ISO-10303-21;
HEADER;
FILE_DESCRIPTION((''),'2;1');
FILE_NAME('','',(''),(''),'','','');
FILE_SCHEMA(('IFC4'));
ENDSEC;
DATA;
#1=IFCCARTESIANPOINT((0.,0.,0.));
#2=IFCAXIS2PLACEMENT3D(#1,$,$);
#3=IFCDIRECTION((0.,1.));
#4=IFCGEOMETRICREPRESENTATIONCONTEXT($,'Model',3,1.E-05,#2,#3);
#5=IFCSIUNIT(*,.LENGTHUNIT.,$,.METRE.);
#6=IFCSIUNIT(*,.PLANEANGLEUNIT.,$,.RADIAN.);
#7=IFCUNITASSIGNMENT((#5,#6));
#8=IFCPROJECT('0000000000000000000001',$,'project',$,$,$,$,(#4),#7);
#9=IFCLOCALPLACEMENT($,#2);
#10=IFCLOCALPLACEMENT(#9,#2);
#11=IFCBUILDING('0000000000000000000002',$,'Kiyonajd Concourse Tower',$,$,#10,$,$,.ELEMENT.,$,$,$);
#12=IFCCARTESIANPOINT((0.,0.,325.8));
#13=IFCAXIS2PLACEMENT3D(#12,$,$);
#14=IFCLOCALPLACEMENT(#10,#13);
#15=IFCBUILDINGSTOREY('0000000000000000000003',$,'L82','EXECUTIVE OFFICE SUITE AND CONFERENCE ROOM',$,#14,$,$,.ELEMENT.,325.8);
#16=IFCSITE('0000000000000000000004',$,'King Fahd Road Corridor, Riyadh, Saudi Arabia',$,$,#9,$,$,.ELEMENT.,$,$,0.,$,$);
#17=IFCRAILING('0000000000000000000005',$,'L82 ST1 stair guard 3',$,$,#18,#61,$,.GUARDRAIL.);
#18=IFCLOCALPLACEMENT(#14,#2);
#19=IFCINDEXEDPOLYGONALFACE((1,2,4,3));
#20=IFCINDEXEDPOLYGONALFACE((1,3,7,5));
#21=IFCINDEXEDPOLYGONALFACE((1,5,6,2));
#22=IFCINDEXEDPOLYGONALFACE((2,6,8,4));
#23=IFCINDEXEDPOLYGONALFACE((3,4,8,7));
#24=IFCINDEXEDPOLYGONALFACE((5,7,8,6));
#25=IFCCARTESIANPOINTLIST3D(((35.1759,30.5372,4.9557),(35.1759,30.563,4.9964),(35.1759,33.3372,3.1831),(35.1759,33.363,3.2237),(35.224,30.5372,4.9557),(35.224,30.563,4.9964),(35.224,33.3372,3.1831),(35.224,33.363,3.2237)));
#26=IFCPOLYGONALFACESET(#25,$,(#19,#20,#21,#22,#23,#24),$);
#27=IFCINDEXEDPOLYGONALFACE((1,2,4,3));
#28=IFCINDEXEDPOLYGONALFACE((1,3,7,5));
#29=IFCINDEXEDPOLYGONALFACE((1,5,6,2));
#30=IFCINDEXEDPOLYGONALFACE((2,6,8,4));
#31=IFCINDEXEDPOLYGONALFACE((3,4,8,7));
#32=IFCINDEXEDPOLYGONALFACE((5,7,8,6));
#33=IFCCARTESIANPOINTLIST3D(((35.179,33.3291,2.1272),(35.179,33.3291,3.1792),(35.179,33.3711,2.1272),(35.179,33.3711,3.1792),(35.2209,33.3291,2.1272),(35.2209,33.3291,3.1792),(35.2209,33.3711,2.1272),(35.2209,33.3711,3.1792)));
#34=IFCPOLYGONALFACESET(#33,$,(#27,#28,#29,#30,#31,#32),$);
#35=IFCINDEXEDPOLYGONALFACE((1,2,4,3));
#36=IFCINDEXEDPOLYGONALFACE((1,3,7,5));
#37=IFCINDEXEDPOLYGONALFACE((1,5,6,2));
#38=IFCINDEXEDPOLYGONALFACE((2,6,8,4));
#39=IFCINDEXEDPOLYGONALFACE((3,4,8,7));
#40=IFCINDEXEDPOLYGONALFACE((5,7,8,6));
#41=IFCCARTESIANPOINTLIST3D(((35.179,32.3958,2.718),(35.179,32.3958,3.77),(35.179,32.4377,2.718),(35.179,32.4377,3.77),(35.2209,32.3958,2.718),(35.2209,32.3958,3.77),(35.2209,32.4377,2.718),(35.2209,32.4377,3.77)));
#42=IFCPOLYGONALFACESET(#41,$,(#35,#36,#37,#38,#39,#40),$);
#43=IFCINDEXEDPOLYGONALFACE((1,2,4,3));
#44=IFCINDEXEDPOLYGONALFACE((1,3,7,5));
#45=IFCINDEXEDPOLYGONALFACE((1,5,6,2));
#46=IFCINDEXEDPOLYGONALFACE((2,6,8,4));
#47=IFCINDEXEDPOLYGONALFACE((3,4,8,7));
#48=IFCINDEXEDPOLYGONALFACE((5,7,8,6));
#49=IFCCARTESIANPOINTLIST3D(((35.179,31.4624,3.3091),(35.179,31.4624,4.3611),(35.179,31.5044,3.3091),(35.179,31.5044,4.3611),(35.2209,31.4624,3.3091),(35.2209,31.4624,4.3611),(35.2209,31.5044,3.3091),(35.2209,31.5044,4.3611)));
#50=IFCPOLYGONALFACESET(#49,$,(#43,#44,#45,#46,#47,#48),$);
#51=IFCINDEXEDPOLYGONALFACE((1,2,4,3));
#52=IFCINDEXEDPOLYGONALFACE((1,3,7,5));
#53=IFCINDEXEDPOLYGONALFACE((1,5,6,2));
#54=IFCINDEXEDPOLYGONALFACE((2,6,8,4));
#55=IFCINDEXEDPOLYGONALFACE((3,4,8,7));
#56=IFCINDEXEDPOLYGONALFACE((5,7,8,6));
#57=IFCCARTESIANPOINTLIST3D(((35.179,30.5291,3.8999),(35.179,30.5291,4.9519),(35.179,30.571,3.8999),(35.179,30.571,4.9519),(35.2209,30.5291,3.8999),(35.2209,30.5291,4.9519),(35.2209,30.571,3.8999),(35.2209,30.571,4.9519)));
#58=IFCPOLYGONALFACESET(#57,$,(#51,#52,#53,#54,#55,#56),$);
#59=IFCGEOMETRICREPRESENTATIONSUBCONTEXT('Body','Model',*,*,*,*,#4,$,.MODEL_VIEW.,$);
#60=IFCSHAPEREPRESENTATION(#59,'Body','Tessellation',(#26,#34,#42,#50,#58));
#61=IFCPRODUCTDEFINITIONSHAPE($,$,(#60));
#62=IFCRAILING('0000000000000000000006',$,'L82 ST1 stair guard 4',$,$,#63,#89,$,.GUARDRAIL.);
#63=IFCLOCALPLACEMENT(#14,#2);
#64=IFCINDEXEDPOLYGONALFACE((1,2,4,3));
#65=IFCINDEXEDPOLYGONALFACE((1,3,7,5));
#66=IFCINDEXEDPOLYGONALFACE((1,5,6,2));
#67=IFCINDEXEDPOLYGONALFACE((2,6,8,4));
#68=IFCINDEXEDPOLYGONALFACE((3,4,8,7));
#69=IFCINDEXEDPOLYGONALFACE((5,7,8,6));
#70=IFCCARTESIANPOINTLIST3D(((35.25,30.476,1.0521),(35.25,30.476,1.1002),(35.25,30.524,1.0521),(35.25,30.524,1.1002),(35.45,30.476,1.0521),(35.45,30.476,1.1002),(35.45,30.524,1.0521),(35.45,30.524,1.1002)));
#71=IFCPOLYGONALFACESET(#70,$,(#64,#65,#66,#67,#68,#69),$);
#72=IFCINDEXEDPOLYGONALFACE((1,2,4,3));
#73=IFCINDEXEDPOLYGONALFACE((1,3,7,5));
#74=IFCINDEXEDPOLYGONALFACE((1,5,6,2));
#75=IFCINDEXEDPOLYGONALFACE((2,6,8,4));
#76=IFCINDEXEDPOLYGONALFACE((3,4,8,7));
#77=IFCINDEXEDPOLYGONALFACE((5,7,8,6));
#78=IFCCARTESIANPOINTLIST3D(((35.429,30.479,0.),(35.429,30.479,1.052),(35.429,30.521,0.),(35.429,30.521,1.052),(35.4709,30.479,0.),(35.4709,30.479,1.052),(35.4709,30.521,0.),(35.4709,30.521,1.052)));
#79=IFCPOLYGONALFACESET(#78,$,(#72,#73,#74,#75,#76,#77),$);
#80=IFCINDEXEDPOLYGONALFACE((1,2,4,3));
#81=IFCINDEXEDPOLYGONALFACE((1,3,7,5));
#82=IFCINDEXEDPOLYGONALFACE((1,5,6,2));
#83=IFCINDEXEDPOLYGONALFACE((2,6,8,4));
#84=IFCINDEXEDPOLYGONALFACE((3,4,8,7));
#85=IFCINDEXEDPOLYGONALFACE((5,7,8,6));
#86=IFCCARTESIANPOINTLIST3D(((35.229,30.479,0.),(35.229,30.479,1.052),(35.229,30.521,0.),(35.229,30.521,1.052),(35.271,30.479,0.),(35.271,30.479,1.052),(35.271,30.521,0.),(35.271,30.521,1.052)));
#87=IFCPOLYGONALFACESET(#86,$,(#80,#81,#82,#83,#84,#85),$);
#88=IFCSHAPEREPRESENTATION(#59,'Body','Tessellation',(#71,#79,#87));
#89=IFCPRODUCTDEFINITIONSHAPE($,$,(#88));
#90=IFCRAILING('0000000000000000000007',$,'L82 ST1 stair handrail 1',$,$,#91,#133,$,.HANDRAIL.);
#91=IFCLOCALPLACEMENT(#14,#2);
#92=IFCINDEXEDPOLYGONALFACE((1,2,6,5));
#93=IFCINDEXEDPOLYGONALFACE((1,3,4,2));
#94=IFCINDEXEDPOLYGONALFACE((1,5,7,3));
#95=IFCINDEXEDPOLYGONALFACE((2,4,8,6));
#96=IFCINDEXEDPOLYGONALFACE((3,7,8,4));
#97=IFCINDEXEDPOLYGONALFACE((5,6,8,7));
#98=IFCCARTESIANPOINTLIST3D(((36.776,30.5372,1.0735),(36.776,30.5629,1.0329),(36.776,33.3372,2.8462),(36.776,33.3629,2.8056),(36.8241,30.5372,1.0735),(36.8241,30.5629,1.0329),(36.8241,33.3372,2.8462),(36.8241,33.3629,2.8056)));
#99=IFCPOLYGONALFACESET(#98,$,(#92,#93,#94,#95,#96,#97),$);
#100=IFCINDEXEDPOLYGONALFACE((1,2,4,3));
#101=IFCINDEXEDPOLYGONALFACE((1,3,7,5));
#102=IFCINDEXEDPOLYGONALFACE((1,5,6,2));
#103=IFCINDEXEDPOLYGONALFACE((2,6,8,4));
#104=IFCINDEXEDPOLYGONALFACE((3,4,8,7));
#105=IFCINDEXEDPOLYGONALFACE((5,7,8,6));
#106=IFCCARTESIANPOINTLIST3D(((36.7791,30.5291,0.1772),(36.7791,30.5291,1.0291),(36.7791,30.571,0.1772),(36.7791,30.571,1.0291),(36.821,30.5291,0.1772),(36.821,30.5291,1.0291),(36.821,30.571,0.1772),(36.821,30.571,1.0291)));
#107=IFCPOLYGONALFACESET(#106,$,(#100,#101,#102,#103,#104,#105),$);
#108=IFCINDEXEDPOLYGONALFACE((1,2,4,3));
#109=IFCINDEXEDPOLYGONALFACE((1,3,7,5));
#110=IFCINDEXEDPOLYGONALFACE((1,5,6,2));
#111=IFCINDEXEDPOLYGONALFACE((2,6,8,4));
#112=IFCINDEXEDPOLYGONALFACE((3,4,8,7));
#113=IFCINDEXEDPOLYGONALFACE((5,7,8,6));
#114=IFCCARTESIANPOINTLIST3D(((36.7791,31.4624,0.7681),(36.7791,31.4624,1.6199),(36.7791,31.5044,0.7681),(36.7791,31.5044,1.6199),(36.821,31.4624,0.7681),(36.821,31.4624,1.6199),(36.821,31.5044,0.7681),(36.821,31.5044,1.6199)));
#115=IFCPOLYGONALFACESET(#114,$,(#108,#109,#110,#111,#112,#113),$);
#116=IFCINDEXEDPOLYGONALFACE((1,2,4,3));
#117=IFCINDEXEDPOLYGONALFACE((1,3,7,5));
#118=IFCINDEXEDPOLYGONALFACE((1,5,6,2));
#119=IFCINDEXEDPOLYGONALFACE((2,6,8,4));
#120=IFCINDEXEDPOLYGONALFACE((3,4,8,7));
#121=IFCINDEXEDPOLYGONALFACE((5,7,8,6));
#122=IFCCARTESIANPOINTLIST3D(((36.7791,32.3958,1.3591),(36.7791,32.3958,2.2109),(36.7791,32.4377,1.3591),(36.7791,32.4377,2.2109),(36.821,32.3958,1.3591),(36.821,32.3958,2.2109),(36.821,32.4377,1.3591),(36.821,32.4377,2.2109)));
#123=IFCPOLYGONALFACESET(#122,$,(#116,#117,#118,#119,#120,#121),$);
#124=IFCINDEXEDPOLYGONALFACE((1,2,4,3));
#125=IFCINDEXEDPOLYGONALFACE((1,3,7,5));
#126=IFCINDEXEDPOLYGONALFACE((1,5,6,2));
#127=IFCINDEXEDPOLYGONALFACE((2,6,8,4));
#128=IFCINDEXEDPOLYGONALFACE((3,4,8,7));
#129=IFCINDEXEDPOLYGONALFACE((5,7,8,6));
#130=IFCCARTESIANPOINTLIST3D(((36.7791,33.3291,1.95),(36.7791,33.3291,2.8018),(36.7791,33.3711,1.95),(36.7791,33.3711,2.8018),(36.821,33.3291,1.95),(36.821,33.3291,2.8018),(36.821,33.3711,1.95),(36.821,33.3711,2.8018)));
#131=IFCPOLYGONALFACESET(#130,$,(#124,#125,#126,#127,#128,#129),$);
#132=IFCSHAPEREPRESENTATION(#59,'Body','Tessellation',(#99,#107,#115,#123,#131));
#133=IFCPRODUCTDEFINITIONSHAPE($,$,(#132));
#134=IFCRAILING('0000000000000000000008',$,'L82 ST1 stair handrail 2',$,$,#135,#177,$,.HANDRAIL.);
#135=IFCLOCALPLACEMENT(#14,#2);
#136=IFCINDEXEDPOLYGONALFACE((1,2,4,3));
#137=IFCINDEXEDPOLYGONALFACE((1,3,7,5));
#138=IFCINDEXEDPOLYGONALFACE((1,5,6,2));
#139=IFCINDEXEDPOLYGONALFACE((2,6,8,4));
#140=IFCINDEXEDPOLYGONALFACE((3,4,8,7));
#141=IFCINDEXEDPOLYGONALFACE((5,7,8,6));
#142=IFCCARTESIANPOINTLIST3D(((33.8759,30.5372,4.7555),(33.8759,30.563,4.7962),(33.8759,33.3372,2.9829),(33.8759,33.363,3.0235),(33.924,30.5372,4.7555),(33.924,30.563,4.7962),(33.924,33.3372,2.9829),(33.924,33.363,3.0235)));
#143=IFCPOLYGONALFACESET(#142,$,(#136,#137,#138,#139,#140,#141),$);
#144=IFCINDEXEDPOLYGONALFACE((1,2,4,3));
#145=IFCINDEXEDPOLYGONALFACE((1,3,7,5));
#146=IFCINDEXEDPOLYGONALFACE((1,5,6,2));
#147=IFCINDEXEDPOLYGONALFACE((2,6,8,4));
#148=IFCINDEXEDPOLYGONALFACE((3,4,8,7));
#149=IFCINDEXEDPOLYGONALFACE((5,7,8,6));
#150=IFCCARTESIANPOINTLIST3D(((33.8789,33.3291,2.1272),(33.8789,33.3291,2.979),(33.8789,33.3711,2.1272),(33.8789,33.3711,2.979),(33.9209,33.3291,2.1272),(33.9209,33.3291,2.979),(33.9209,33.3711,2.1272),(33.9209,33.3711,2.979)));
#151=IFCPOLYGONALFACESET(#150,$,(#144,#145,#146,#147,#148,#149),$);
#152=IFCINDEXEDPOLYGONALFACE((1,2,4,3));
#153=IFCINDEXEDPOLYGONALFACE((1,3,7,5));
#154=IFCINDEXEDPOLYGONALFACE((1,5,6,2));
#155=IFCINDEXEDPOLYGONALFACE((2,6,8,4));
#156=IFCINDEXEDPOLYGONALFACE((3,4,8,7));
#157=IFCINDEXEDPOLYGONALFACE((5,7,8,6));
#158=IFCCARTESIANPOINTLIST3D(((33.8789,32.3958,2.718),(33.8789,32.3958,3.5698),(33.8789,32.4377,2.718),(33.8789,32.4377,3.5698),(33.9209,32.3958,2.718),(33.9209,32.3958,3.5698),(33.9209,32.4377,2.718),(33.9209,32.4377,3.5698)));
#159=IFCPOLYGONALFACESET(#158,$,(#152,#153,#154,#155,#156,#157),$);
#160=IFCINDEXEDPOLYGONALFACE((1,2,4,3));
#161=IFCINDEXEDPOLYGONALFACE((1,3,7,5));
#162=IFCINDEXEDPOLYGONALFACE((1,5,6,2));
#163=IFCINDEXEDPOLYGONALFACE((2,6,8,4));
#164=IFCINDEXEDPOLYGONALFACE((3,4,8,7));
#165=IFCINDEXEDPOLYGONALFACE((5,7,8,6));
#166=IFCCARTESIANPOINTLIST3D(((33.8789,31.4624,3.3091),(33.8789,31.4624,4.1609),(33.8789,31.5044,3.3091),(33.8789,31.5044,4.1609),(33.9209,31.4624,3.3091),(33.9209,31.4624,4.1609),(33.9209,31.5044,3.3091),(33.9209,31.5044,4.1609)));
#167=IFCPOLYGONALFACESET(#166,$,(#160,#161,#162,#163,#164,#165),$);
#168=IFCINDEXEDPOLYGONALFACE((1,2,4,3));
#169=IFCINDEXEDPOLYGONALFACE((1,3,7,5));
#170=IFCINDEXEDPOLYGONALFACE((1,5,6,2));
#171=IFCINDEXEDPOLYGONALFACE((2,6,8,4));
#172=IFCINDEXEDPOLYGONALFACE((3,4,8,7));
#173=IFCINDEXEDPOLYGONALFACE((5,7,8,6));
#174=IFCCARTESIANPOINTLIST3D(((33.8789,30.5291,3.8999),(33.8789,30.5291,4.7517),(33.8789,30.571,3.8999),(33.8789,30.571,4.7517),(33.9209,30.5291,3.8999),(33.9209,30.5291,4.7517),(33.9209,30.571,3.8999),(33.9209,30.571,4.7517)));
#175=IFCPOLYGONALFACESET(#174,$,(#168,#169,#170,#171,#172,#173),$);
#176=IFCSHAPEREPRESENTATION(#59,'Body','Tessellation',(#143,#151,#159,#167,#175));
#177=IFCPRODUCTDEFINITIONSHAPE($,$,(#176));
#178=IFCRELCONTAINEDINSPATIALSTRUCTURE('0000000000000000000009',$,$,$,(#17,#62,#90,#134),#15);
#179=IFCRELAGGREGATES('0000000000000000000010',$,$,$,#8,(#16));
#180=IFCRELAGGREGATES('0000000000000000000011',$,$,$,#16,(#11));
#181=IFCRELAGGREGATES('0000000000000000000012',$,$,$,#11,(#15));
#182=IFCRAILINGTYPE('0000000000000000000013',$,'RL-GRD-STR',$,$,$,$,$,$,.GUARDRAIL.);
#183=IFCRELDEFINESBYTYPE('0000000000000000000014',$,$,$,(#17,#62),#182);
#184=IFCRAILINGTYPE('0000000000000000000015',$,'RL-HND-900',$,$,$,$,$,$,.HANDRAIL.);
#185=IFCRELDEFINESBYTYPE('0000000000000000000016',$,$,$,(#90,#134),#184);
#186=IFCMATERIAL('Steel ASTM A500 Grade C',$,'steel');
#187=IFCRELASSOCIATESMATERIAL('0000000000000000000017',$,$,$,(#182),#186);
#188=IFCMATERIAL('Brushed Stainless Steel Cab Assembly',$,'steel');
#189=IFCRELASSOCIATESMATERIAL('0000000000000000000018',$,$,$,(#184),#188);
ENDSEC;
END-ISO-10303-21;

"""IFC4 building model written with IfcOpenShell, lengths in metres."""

from ifc_helpers import new_model, si_unit, direction, frame, origin, origin_2d, place, context, subcontext, project, spatial, rectangle, extrude, material, type_object, element, save


model = new_model("IFC4")

# Units and contexts
model_context = context("Model", 3, precision=1e-05, world=origin(), true_north=direction((0.0, 1.0)))
body_context = subcontext(model_context, "Body", "Model", "MODEL_VIEW")
ifc_project = project(units=[si_unit("LENGTHUNIT", "METRE"), si_unit("PLANEANGLEUNIT", "RADIAN")], contexts=[model_context])

# Site, building, storey
site_placement = place(None, origin())
site = spatial("IfcSite", under=ifc_project, at=site_placement, Name="King Fahd Road Corridor, Riyadh, Saudi Arabia", CompositionType="ELEMENT", RefElevation=0.0)
building_placement = place(site_placement, origin())
building = spatial("IfcBuilding", under=site, at=building_placement, Name="Kiyonajd Concourse Tower", CompositionType="ELEMENT")
storey_placement = place(building_placement, frame((0.0, 0.0, 325.8)))
storey = spatial("IfcBuildingStorey", under=building, at=storey_placement, Name="L82", Description="EXECUTIVE OFFICE SUITE AND CONFERENCE ROOM", CompositionType="ELEMENT", Elevation=325.8)

# Shared definitions
ifc_material_1 = material(Name="Brushed Stainless Steel Cab Assembly", Category="steel")

# Railings
ifc_material_2 = material(Name="Steel ASTM A500 Grade C", Category="steel")
railing_type_1 = type_object("IfcRailingType", Name="RL-GRD-STR", PredefinedType="GUARDRAIL", material=ifc_material_2)
railing_1_placement = place(storey_placement, frame((35.2, 33.3501, 2.1272)))
element("IfcRailing", 1, at=railing_1_placement, inside=storey, type_object=railing_type_1, Name="L82 ST1 stair guard 3", PredefinedType="GUARDRAIL", context=body_context, shape_type="SweptSolid", body=[
    extrude(rectangle(XDim=0.0481, YDim=0.0481, at=origin_2d()), frame((0.0, 0.0, 1.0762), z_axis=(0.0, -0.844909, 0.53491), x_axis=(1.0, 0.0, 0.0)), (0.0, 0.0, 1.0), 3.314),
    extrude(rectangle(XDim=0.042, YDim=0.042, at=origin_2d()), origin(), (0.0, 0.0, 1.0), 1.052),
    extrude(rectangle(XDim=0.042, YDim=0.042, at=origin_2d()), frame((0.0, -0.9333, 0.5908)), (0.0, 0.0, 1.0), 1.052),
    extrude(rectangle(XDim=0.042, YDim=0.042, at=origin_2d()), frame((0.0, -1.8667, 1.1819)), (0.0, 0.0, 1.0), 1.052),
    extrude(rectangle(XDim=0.042, YDim=0.042, at=origin_2d()), frame((0.0, -2.8, 1.7727)), (0.0, 0.0, 1.0), 1.052),
])
railing_2_placement = place(storey_placement, frame((35.45, 30.5, 0.0)))
element("IfcRailing", 2, at=railing_2_placement, inside=storey, type_object=railing_type_1, Name="L82 ST1 stair guard 4", PredefinedType="GUARDRAIL", context=body_context, shape_type="SweptSolid", body=[
    extrude(rectangle(XDim=0.0481, YDim=0.0481, at=origin_2d()), frame((0.0, 0.0, 1.0762), z_axis=(-1.0, 0.0, 0.0), x_axis=(0.0, -1.0, 0.0)), (0.0, 0.0, 1.0), 0.2),
    extrude(rectangle(XDim=0.042, YDim=0.042, at=origin_2d()), origin(), (0.0, 0.0, 1.0), 1.052),
    extrude(rectangle(XDim=0.042, YDim=0.042, at=origin_2d()), frame((-0.2, 0.0, 0.0)), (0.0, 0.0, 1.0), 1.052),
])
railing_type_2 = type_object("IfcRailingType", Name="RL-HND-900", PredefinedType="HANDRAIL", material=ifc_material_1)
railing_3_placement = place(storey_placement, frame((36.8, 30.55, 0.1772)))
element("IfcRailing", 3, at=railing_3_placement, inside=storey, type_object=railing_type_2, Name="L82 ST1 stair handrail 1", PredefinedType="HANDRAIL", context=body_context, shape_type="SweptSolid", body=[
    extrude(rectangle(XDim=0.0481, YDim=0.0481, at=origin_2d()), frame((0.0, 0.0, 0.876), z_axis=(0.0, 0.844909, 0.53491), x_axis=(-1.0, 0.0, 0.0)), (0.0, 0.0, 1.0), 3.314),
    extrude(rectangle(XDim=0.042, YDim=0.042, at=origin_2d()), origin(), (0.0, 0.0, 1.0), 0.8518),
    extrude(rectangle(XDim=0.042, YDim=0.042, at=origin_2d()), frame((0.0, 0.9333, 0.5908)), (0.0, 0.0, 1.0), 0.8518),
    extrude(rectangle(XDim=0.042, YDim=0.042, at=origin_2d()), frame((0.0, 1.8667, 1.1819)), (0.0, 0.0, 1.0), 0.8518),
    extrude(rectangle(XDim=0.042, YDim=0.042, at=origin_2d()), frame((0.0, 2.8, 1.7727)), (0.0, 0.0, 1.0), 0.8518),
])
railing_4_placement = place(storey_placement, frame((33.8999, 33.3501, 2.1272)))
element("IfcRailing", 4, at=railing_4_placement, inside=storey, type_object=railing_type_2, Name="L82 ST1 stair handrail 2", PredefinedType="HANDRAIL", context=body_context, shape_type="SweptSolid", body=[
    extrude(rectangle(XDim=0.0481, YDim=0.0481, at=origin_2d()), frame((0.0, 0.0, 0.876), z_axis=(0.0, -0.844909, 0.53491), x_axis=(1.0, 0.0, 0.0)), (0.0, 0.0, 1.0), 3.314),
    extrude(rectangle(XDim=0.042, YDim=0.042, at=origin_2d()), origin(), (0.0, 0.0, 1.0), 0.8518),
    extrude(rectangle(XDim=0.042, YDim=0.042, at=origin_2d()), frame((0.0, -0.9333, 0.5908)), (0.0, 0.0, 1.0), 0.8518),
    extrude(rectangle(XDim=0.042, YDim=0.042, at=origin_2d()), frame((0.0, -1.8667, 1.1819)), (0.0, 0.0, 1.0), 0.8518),
    extrude(rectangle(XDim=0.042, YDim=0.042, at=origin_2d()), frame((0.0, -2.8, 1.7727)), (0.0, 0.0, 1.0), 0.8518),
])

save(model, "model.ifc")
